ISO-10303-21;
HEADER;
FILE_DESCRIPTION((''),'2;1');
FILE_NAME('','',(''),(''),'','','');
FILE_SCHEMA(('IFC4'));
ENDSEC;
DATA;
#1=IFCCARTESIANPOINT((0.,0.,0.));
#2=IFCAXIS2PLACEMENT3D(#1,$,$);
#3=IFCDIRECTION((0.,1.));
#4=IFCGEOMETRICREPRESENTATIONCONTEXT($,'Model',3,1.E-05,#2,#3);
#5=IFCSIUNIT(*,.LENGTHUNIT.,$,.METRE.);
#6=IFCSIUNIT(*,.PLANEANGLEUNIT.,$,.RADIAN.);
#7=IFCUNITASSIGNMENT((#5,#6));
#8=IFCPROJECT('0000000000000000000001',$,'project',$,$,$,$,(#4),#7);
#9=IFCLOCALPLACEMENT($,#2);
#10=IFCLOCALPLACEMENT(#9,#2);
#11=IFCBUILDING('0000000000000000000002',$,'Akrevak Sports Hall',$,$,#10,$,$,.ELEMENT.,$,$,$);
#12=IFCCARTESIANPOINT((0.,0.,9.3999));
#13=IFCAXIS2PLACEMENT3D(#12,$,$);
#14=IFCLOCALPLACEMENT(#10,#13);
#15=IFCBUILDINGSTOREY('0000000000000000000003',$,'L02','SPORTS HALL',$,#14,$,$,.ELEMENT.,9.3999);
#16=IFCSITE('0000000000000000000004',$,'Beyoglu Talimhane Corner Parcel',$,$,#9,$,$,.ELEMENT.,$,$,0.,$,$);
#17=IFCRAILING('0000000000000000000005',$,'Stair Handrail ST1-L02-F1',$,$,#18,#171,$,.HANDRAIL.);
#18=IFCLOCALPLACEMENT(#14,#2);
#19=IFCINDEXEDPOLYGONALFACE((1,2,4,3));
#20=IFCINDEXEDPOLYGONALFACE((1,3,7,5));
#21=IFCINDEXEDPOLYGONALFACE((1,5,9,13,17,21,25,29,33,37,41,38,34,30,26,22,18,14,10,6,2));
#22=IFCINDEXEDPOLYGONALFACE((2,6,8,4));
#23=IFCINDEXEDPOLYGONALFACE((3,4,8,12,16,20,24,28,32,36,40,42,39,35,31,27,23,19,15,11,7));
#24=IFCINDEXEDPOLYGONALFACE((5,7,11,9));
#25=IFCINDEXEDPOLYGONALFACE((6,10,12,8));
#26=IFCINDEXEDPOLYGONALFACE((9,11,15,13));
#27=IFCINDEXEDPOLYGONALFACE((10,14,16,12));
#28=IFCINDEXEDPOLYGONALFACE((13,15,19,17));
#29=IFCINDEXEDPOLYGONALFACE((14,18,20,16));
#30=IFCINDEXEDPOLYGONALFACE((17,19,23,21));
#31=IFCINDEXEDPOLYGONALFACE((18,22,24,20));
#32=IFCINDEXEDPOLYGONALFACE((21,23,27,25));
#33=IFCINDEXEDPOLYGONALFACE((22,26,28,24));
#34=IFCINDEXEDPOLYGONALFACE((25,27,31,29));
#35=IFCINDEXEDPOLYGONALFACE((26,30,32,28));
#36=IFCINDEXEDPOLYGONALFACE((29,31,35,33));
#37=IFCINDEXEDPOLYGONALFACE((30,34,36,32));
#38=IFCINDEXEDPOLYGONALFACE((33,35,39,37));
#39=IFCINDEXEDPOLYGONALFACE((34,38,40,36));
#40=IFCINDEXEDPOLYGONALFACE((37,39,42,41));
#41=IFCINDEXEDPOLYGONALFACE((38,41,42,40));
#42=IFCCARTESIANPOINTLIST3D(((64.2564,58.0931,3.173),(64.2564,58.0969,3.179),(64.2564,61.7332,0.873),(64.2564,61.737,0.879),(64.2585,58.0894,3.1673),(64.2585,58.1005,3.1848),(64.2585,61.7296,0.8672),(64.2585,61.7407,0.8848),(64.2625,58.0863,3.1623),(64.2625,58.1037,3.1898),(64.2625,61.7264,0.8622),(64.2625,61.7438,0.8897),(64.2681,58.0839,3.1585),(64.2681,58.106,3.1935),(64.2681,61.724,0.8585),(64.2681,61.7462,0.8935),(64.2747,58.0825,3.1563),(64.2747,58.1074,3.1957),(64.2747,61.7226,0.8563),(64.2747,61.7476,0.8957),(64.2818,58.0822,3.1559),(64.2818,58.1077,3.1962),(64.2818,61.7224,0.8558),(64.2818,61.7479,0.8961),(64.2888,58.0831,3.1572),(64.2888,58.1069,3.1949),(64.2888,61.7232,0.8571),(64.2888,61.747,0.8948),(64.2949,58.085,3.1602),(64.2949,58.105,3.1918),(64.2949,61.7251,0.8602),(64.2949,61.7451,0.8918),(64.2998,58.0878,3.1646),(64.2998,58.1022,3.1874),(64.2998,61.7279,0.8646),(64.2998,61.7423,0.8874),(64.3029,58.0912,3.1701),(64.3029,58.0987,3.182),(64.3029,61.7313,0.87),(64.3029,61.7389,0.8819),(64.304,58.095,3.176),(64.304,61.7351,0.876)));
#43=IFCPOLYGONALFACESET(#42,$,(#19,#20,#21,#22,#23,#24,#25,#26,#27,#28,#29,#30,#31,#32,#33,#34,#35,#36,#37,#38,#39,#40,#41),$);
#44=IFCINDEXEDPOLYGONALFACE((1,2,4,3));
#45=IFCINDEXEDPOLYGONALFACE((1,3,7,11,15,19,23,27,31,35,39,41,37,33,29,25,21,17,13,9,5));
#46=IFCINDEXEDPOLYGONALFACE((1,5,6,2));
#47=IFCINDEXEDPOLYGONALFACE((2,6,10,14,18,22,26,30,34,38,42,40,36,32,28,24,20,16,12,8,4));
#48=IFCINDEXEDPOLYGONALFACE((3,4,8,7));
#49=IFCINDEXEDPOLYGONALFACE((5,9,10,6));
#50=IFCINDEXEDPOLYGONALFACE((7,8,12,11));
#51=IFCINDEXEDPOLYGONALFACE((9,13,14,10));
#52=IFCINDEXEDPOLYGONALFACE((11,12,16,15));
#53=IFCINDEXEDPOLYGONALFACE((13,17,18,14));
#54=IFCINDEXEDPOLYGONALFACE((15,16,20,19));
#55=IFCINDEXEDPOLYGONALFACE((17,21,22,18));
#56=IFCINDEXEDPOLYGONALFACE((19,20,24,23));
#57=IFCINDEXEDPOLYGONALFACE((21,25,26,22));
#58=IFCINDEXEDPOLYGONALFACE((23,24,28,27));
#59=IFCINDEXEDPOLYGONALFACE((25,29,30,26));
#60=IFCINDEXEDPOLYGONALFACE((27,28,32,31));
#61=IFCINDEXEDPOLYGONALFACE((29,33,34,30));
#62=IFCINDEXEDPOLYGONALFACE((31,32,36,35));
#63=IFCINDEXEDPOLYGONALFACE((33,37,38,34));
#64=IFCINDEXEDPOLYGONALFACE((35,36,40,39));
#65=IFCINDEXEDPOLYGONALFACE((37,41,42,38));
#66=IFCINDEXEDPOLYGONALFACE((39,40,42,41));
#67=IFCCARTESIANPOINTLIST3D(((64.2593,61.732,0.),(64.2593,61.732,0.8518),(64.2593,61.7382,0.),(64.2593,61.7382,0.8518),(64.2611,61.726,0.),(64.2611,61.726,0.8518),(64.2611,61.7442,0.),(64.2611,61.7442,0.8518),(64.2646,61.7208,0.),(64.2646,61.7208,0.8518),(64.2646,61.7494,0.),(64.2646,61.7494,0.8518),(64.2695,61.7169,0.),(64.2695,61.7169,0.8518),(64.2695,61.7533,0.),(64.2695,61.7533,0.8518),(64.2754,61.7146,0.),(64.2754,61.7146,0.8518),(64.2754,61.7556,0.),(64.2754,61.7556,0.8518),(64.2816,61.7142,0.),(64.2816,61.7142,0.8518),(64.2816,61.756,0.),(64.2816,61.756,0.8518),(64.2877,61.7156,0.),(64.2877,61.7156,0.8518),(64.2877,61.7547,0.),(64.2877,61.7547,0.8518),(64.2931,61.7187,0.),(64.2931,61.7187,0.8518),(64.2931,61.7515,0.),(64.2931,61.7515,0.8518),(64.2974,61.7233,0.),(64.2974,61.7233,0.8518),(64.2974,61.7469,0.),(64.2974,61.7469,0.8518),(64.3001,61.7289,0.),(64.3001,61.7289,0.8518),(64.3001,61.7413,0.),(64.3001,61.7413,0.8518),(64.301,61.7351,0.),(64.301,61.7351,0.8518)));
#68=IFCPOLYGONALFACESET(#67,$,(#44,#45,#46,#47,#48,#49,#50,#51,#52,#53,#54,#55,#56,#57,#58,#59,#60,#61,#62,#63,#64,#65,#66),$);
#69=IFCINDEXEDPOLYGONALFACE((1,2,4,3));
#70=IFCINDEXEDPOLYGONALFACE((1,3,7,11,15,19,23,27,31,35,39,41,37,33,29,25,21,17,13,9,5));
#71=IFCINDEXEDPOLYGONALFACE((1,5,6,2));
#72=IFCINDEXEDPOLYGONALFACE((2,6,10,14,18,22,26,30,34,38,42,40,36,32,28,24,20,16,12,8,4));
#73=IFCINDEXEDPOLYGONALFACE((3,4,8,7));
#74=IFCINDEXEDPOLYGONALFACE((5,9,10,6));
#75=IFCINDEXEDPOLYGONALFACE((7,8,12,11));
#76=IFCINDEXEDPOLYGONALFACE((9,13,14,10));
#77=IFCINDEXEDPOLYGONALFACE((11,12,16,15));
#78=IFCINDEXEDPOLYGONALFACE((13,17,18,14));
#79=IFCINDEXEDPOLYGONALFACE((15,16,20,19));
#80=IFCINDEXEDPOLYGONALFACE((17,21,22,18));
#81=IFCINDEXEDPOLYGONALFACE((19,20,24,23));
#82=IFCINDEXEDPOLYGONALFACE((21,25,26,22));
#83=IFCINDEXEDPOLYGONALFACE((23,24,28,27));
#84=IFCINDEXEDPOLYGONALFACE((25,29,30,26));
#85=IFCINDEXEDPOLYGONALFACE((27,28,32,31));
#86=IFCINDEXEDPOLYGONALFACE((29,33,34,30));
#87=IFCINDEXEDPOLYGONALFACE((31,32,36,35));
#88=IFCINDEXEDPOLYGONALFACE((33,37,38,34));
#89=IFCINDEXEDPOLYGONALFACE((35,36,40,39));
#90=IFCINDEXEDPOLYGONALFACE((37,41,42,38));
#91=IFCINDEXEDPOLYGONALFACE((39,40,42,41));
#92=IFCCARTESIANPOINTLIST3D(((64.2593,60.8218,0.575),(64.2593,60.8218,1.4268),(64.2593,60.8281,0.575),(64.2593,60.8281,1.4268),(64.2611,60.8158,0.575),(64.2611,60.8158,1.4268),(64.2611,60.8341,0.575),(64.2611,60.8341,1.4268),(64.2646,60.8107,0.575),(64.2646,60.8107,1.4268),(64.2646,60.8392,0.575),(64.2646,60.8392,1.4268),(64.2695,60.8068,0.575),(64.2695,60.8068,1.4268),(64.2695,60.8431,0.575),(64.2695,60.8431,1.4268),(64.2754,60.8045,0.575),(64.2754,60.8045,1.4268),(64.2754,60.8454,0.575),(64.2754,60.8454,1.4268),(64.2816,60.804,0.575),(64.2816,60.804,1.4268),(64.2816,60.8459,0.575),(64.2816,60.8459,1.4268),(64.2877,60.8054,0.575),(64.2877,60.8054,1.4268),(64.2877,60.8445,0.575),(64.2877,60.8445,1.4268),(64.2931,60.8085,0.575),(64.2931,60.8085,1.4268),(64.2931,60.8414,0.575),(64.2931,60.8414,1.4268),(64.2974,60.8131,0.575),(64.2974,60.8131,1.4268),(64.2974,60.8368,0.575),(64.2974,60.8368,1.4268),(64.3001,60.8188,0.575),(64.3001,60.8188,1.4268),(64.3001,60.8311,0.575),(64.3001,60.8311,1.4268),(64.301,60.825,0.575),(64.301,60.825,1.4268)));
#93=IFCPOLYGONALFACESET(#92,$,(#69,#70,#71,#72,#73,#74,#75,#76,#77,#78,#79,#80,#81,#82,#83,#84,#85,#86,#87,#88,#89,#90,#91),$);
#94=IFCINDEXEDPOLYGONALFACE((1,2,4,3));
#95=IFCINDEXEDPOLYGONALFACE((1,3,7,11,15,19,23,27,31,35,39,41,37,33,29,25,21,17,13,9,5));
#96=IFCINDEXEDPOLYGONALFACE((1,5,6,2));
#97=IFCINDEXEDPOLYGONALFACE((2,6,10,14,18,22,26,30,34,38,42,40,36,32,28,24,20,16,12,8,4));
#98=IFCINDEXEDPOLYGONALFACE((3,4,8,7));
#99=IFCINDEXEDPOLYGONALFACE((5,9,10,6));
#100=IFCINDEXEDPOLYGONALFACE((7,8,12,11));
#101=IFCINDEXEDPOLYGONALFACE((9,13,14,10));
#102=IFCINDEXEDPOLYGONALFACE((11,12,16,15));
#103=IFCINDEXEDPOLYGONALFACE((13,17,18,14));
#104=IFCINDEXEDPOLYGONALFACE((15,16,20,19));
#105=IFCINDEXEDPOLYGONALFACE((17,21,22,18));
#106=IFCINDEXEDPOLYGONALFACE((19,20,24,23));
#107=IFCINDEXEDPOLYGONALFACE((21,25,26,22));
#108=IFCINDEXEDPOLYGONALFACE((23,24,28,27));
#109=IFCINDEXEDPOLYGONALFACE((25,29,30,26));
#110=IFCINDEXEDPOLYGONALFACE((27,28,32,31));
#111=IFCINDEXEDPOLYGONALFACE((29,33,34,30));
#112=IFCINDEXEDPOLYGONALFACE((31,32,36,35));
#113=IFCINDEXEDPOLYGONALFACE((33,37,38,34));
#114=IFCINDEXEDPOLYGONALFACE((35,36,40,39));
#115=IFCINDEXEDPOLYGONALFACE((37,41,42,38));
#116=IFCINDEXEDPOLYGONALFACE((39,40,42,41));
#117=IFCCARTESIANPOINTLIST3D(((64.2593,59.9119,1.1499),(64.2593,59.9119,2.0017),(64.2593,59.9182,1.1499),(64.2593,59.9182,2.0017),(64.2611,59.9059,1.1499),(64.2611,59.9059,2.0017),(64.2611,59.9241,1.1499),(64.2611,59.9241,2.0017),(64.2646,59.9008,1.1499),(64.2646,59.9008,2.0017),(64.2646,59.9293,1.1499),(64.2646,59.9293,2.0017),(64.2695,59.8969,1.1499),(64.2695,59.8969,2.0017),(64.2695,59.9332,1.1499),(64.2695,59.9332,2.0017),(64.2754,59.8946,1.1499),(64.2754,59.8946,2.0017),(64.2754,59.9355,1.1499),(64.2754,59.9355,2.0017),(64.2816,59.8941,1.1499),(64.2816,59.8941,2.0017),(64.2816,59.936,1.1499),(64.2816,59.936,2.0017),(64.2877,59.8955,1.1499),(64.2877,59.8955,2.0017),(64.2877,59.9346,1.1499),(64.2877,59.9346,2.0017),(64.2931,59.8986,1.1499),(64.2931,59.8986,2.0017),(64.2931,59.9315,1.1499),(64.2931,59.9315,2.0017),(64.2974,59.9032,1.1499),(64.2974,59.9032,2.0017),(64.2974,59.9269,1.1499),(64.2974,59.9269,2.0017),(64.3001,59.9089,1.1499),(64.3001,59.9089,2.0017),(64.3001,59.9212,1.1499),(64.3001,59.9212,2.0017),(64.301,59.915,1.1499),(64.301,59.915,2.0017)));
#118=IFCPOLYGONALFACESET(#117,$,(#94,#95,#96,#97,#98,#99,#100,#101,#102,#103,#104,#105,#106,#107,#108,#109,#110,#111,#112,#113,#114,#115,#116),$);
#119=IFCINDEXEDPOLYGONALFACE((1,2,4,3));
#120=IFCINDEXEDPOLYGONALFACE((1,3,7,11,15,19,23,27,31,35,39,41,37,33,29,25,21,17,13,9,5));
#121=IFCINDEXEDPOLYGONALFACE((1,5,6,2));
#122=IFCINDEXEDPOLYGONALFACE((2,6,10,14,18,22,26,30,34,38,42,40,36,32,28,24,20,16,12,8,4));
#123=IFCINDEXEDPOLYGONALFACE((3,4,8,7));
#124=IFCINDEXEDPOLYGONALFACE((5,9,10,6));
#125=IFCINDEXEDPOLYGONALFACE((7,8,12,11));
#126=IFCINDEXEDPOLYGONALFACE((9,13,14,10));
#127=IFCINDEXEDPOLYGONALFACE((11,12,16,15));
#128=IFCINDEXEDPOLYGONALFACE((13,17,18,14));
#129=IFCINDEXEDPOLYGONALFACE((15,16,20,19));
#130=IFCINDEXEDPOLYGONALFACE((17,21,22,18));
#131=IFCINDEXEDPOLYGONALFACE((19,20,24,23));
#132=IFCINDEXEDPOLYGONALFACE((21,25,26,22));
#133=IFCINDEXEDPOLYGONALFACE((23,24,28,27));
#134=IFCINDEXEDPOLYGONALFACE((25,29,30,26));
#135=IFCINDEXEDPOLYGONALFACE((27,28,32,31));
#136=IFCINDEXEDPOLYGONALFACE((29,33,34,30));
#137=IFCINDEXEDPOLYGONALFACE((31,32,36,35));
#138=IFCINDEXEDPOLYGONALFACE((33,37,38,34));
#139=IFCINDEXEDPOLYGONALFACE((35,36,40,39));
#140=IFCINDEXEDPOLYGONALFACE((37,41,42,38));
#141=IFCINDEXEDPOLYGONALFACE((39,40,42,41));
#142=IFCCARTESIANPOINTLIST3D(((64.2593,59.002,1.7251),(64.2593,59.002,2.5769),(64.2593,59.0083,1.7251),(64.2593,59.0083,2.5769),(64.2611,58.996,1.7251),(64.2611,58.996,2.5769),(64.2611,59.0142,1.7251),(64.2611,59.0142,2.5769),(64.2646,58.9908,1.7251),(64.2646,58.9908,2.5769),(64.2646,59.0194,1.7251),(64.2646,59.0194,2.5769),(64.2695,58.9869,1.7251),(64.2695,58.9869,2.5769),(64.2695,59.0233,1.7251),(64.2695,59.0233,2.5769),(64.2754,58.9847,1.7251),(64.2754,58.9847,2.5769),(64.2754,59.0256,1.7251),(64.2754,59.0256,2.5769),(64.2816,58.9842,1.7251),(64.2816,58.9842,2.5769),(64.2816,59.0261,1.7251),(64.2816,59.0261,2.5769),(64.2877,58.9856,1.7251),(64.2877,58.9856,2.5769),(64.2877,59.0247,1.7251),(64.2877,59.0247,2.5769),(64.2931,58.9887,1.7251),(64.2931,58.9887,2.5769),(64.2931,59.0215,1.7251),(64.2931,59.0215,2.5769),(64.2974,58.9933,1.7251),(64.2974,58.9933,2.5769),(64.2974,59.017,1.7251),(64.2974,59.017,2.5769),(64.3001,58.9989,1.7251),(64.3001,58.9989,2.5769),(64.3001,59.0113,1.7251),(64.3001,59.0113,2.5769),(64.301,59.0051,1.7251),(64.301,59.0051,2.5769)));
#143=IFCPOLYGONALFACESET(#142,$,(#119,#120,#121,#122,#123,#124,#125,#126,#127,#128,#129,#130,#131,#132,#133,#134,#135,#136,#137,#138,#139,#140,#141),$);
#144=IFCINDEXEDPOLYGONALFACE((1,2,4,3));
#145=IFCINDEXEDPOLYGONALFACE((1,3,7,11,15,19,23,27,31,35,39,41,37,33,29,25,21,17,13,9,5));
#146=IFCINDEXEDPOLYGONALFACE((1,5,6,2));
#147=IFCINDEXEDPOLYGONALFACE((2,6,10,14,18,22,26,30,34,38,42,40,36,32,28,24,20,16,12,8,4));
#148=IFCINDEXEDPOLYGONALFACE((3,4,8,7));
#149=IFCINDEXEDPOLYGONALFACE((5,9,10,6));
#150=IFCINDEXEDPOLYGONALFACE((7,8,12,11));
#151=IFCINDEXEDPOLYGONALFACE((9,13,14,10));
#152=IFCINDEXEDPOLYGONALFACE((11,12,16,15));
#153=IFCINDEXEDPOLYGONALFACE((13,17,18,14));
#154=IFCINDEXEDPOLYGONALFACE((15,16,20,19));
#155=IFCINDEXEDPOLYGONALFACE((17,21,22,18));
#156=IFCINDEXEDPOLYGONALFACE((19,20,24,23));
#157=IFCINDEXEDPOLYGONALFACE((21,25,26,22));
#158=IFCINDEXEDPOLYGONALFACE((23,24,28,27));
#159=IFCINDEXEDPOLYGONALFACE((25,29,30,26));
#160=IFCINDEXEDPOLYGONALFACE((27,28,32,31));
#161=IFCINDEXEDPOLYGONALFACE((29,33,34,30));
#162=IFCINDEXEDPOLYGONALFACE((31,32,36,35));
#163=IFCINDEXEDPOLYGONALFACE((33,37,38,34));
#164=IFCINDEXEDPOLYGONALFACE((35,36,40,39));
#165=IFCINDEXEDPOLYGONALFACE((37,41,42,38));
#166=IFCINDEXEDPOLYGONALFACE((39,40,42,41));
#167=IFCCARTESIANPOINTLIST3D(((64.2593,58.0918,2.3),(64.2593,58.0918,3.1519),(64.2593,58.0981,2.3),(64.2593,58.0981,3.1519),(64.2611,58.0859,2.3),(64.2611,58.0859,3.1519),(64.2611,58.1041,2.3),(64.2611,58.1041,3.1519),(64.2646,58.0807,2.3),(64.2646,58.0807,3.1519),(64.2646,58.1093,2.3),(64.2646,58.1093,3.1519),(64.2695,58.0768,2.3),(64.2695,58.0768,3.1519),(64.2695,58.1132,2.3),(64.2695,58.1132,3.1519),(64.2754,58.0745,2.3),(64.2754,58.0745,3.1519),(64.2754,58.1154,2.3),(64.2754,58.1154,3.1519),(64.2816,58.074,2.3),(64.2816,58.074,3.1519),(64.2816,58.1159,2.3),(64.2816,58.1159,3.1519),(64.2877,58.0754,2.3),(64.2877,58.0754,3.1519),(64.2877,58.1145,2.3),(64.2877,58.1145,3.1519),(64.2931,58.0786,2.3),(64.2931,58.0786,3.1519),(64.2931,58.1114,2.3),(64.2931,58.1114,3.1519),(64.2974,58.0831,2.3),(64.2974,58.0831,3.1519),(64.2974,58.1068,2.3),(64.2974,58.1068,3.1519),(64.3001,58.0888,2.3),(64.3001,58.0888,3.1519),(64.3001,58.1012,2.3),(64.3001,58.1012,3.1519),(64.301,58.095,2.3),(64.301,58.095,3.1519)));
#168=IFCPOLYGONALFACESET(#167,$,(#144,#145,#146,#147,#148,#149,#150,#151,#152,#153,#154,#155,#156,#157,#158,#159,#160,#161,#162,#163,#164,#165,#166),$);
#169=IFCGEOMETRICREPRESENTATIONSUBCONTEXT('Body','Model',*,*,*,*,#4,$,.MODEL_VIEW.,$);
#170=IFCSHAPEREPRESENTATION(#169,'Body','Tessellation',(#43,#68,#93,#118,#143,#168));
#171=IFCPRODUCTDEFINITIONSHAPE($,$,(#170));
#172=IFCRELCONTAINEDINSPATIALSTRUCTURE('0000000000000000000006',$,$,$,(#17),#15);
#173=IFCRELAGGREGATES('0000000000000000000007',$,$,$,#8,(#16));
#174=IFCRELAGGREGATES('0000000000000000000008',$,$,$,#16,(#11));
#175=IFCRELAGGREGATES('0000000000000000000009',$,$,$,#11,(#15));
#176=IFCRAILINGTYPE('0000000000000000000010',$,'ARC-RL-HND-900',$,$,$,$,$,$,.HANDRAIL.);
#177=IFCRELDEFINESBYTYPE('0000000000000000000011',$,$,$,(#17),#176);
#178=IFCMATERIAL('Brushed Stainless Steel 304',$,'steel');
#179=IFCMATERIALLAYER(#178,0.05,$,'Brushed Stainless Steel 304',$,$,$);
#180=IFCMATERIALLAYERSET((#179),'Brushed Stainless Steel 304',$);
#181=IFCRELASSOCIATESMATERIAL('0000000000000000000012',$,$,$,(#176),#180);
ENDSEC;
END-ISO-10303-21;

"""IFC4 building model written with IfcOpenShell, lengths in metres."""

from ifc_helpers import new_model, si_unit, direction, frame, origin, origin_2d, place, context, subcontext, project, spatial, circle, extrude, material, layer, layer_set, type_object, element, save


model = new_model("IFC4")

# Units and contexts
model_context = context("Model", 3, precision=1e-05, world=origin(), true_north=direction((0.0, 1.0)))
body_context = subcontext(model_context, "Body", "Model", "MODEL_VIEW")
ifc_project = project(units=[si_unit("LENGTHUNIT", "METRE"), si_unit("PLANEANGLEUNIT", "RADIAN")], contexts=[model_context])

# Site, building, storey
site_placement = place(None, origin())
site = spatial("IfcSite", under=ifc_project, at=site_placement, Name="Beyoglu Talimhane Corner Parcel", CompositionType="ELEMENT", RefElevation=0.0)
building_placement = place(site_placement, origin())
building = spatial("IfcBuilding", under=site, at=building_placement, Name="Akrevak Sports Hall", CompositionType="ELEMENT")
storey_placement = place(building_placement, frame((0.0, 0.0, 9.3999)))
storey = spatial("IfcBuildingStorey", under=building, at=storey_placement, Name="L02", Description="SPORTS HALL", CompositionType="ELEMENT", Elevation=9.3999)

# Shared definitions
ifc_material_1 = material(Name="Brushed Stainless Steel 304", Category="steel")

# Railing
ifc_layer_1 = layer(ifc_material_1, 0.05, Name="Brushed Stainless Steel 304")
ifc_layer_set_1 = layer_set([ifc_layer_1], Name="Brushed Stainless Steel 304")
railing_type_1 = type_object("IfcRailingType", Name="ARC-RL-HND-900", PredefinedType="HANDRAIL", material=ifc_layer_set_1)
railing_1_placement = place(storey_placement, frame((64.28, 61.7351, 0.0)))
element("IfcRailing", 1, at=railing_1_placement, inside=storey, type_object=railing_type_1, Name="Stair Handrail ST1-L02-F1", PredefinedType="HANDRAIL", context=body_context, shape_type="SweptSolid", body=[
    extrude(circle(Radius=0.0239, at=origin_2d()), frame((0.0, 0.0, 0.876), z_axis=(0.0, -0.845382, 0.534162), x_axis=(1.0, 0.0, 0.0)), (0.0, 0.0, 1.0), 4.3059),
    extrude(circle(Radius=0.021, at=origin_2d()), origin(), (0.0, 0.0, 1.0), 0.8518),
    extrude(circle(Radius=0.021, at=origin_2d()), frame((0.0, -0.9102, 0.575)), (0.0, 0.0, 1.0), 0.8518),
    extrude(circle(Radius=0.021, at=origin_2d()), frame((0.0, -1.8201, 1.1499)), (0.0, 0.0, 1.0), 0.8518),
    extrude(circle(Radius=0.021, at=origin_2d()), frame((0.0, -2.73, 1.7251)), (0.0, 0.0, 1.0), 0.8518),
    extrude(circle(Radius=0.021, at=origin_2d()), frame((0.0, -3.6401, 2.3)), (0.0, 0.0, 1.0), 0.8518),
])

save(model, "model.ifc")
